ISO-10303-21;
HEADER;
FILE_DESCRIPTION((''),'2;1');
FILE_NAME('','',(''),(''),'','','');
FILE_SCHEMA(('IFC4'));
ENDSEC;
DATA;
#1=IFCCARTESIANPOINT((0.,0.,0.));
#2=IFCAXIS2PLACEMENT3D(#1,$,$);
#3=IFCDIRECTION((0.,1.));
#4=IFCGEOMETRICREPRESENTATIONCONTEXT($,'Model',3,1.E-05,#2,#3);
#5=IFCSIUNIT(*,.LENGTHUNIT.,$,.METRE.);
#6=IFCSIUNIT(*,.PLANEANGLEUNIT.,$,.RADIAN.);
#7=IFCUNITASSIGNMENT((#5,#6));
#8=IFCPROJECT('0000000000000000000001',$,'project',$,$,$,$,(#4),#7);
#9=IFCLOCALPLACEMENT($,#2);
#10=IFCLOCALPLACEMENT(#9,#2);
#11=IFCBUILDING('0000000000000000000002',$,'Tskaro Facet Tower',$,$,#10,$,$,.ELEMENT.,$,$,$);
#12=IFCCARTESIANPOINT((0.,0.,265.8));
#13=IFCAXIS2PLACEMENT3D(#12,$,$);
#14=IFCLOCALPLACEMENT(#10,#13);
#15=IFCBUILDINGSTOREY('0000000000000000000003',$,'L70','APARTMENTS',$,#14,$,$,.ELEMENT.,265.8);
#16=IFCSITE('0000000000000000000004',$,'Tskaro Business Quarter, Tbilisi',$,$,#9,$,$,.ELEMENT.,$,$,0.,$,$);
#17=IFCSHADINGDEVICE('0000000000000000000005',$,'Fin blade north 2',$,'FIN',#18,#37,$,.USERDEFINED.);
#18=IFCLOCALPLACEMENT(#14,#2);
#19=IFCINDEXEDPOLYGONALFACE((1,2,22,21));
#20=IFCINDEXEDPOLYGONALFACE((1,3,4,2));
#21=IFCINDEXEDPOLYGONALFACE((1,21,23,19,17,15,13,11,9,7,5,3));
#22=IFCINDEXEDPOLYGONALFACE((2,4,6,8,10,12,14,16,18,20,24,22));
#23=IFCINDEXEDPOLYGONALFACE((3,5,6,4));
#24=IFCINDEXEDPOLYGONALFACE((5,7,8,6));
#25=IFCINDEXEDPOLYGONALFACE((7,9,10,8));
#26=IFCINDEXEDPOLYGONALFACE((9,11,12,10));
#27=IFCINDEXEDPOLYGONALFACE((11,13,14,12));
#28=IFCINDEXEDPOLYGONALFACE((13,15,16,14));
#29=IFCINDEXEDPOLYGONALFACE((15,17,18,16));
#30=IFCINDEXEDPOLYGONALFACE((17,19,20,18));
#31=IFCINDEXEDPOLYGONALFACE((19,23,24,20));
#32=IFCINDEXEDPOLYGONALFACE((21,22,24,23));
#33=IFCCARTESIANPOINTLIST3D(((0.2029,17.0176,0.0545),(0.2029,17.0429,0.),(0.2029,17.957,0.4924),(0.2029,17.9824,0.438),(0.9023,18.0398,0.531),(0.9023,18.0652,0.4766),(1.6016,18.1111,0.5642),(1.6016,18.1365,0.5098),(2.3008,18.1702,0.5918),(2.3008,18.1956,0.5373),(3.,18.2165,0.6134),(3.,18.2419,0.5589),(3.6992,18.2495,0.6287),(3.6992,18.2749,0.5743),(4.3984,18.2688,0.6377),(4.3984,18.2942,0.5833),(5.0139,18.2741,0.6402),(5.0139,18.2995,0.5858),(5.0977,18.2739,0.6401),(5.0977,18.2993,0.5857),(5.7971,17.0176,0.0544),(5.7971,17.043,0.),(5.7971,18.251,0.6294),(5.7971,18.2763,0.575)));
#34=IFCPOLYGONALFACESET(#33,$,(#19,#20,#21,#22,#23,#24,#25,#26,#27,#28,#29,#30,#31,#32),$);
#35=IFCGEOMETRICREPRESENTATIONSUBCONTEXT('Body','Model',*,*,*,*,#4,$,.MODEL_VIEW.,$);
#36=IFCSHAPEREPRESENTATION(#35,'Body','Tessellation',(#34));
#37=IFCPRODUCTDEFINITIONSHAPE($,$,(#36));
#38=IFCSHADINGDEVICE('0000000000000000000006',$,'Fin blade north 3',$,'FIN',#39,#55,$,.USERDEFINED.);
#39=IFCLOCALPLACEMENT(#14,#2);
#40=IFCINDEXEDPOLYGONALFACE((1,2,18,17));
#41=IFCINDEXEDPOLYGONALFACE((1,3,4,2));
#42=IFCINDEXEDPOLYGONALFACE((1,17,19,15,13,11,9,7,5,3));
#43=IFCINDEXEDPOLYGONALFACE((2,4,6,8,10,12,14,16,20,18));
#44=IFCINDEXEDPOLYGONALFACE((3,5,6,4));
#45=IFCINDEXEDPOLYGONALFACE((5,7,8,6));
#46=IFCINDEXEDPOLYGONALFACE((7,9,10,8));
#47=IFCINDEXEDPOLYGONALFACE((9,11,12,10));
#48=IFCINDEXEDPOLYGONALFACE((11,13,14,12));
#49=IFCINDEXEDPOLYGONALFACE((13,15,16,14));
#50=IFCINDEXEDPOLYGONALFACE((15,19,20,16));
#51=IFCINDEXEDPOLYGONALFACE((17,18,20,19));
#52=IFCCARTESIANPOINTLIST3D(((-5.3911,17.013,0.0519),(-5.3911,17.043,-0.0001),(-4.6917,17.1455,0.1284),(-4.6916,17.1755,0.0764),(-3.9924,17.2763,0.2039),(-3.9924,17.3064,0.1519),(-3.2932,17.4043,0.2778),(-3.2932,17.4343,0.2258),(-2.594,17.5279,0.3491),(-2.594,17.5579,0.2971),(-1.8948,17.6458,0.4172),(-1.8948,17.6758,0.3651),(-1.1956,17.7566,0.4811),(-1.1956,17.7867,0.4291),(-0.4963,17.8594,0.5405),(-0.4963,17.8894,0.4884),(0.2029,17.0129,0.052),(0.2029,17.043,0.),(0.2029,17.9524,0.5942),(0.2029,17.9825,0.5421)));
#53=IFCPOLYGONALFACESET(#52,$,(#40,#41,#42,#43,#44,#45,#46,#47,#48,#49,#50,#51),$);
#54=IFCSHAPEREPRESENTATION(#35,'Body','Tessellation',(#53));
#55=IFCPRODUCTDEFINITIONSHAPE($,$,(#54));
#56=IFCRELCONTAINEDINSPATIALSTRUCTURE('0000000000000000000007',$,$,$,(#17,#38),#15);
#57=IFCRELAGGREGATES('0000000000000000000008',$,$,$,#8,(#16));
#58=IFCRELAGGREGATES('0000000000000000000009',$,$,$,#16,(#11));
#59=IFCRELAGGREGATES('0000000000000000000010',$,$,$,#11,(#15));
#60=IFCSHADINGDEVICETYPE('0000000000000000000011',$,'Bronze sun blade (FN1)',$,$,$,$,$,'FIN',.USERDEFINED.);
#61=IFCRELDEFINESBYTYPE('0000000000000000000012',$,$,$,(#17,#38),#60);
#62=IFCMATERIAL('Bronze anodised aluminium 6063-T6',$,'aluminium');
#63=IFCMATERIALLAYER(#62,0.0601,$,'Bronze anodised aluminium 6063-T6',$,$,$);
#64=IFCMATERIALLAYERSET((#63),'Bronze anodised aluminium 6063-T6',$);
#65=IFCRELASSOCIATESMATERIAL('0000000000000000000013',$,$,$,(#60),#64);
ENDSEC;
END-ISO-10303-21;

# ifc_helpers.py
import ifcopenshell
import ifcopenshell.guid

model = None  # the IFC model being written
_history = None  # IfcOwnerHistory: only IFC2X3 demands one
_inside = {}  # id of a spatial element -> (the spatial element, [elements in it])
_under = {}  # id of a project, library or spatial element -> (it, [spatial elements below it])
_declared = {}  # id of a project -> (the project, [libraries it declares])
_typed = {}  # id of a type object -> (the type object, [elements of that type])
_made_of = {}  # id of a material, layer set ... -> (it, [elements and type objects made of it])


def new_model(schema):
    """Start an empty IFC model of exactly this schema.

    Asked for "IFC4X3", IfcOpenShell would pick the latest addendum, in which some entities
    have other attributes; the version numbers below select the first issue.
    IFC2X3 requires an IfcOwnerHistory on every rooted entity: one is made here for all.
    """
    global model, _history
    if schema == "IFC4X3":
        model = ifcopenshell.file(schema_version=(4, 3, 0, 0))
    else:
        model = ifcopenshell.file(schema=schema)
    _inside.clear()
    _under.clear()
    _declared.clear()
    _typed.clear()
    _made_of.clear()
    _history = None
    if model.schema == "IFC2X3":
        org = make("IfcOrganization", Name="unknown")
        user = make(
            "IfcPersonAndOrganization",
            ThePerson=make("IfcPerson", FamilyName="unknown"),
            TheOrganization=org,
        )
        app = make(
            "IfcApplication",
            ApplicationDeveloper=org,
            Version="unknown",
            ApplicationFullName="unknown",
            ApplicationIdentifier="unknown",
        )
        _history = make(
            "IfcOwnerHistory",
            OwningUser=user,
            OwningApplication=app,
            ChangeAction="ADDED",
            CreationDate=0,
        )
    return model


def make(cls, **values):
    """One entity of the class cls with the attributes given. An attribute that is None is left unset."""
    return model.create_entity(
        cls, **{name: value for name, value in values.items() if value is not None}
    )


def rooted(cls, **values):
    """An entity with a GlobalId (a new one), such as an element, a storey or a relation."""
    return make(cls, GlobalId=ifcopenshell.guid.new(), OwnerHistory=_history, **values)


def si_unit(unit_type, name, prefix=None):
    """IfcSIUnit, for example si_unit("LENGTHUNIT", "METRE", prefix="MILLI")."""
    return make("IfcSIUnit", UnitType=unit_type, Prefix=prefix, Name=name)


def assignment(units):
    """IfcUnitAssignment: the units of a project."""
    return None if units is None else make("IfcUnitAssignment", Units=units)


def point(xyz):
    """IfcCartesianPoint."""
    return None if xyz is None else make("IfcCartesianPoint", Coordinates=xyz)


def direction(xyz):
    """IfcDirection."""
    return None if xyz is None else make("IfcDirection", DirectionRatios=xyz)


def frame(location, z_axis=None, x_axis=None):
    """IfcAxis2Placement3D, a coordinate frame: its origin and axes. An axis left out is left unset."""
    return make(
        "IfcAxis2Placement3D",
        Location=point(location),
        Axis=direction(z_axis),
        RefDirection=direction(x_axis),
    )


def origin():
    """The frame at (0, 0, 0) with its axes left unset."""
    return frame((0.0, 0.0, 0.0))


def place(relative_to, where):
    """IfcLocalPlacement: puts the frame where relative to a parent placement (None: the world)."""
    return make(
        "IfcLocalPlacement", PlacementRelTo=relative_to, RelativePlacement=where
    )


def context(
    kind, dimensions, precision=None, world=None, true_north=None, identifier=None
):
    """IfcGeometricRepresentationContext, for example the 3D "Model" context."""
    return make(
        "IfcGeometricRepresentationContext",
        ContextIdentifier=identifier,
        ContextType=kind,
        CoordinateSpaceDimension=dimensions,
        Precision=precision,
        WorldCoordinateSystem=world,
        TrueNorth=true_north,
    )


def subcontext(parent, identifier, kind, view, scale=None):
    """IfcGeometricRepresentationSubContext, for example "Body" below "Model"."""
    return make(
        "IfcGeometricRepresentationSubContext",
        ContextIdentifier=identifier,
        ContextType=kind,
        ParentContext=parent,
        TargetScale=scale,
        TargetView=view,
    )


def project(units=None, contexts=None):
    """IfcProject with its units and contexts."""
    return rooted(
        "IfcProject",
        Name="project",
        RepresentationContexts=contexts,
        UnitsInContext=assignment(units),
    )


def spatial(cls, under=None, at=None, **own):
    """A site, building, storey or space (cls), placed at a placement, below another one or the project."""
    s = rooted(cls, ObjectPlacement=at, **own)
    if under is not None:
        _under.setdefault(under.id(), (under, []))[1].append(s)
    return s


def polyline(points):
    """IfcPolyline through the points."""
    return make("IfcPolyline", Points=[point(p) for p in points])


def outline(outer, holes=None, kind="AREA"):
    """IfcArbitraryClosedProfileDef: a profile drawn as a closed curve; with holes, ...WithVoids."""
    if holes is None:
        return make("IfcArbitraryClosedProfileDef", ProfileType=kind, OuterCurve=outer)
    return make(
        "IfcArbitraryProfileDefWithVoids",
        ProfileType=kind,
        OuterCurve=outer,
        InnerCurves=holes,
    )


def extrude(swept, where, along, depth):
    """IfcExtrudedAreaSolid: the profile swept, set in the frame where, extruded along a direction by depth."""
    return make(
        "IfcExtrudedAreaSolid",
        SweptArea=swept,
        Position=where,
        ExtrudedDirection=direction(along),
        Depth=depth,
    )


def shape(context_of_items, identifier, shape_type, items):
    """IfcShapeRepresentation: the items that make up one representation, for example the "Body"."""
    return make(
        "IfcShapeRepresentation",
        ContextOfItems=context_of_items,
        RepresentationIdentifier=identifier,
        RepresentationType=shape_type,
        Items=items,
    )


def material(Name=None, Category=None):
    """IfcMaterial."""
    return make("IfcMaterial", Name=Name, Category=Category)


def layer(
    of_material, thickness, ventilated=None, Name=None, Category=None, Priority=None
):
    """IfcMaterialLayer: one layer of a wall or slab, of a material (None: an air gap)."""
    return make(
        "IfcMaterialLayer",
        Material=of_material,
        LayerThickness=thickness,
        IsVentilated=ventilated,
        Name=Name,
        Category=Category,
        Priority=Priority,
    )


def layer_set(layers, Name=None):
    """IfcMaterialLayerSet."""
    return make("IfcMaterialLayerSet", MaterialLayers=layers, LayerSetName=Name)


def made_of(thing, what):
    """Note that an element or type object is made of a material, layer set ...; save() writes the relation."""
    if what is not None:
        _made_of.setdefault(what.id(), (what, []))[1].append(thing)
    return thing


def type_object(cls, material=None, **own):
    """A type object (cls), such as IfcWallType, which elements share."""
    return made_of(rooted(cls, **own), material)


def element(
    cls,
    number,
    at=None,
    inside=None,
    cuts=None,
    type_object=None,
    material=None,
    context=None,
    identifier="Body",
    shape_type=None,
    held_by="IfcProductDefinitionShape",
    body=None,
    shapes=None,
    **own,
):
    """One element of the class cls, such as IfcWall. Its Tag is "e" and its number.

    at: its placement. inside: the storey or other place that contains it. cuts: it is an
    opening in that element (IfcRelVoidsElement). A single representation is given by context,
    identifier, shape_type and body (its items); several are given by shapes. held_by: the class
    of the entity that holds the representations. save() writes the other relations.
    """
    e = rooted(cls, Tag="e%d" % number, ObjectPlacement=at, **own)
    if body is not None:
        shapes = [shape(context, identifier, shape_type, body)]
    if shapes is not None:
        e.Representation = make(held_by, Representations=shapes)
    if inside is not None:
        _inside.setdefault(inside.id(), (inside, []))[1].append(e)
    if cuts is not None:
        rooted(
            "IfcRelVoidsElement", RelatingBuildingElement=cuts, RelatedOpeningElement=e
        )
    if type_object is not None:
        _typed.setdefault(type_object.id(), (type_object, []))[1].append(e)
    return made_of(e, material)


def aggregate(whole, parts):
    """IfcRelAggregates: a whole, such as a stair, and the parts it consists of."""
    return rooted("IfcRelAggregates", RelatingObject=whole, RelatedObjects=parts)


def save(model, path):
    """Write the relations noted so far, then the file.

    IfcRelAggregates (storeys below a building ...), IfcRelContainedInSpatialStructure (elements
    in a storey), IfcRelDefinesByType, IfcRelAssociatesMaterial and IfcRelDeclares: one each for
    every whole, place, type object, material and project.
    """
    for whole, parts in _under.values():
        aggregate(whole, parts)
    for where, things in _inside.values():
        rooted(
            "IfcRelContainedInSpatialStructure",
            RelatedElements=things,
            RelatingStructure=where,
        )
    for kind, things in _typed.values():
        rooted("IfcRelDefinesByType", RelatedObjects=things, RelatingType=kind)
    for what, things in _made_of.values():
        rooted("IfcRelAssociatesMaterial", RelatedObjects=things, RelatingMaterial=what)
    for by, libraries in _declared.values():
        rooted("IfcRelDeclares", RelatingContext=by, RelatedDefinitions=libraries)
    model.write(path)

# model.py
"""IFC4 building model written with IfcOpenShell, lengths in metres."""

from ifc_helpers import new_model, si_unit, direction, frame, origin, place, context, subcontext, project, spatial, polyline, outline, extrude, material, layer, layer_set, type_object, element, save


model = new_model("IFC4")

# Units and contexts
model_context = context("Model", 3, precision=1e-05, world=origin(), true_north=direction((0.0, 1.0)))
body_context = subcontext(model_context, "Body", "Model", "MODEL_VIEW")
ifc_project = project(units=[si_unit("LENGTHUNIT", "METRE"), si_unit("PLANEANGLEUNIT", "RADIAN")], contexts=[model_context])

# Site, building, storey
site_placement = place(None, origin())
site = spatial("IfcSite", under=ifc_project, at=site_placement, Name="Tskaro Business Quarter, Tbilisi", CompositionType="ELEMENT", RefElevation=0.0)
building_placement = place(site_placement, origin())
building = spatial("IfcBuilding", under=site, at=building_placement, Name="Tskaro Facet Tower", CompositionType="ELEMENT")
storey_placement = place(building_placement, frame((0.0, 0.0, 265.8)))
storey = spatial("IfcBuildingStorey", under=building, at=storey_placement, Name="L70", Description="APARTMENTS", CompositionType="ELEMENT", Elevation=265.8)

# Shared definitions
ifc_material_1 = material(Name="Bronze anodised aluminium 6063-T6", Category="aluminium")

# Shading devices
ifc_layer_1 = layer(ifc_material_1, 0.0601, Name="Bronze anodised aluminium 6063-T6")
ifc_layer_set_1 = layer_set([ifc_layer_1], Name="Bronze anodised aluminium 6063-T6")
shading_device_type = type_object("IfcShadingDeviceType", Name="Bronze sun blade (FN1)", ElementType="FIN", PredefinedType="USERDEFINED", material=ifc_layer_set_1)
shading_device_1_placement = place(storey_placement, frame((5.7971, 17.0176, 0.0544), z_axis=(0.000005, -0.422506, 0.90636), x_axis=(-1.0, -0.000002, 0.000005)))
element("IfcShadingDevice", 1, at=shading_device_1_placement, inside=storey, type_object=shading_device_type, Name="Fin blade north 2", ObjectType="FIN", PredefinedType="USERDEFINED", context=body_context, shape_type="SweptSolid", body=[
    extrude(outline(polyline([(0.0, 0.0), (5.5942, 0.0), (5.5942, -1.0365), (4.8948, -1.1278), (4.1956, -1.2065), (3.4963, -1.2717), (2.7971, -1.3228), (2.0979, -1.3592), (1.3987, -1.3805), (0.7832, -1.3864), (0.6995, -1.3862), (0.0, -1.3608), (0.0, 0.0)])), origin(), (0.0, 0.0, -1.0), 0.0601),
])
shading_device_2_placement = place(storey_placement, frame((0.2029, 17.0129, 0.052), z_axis=(-0.000018, -0.499814, 0.866133), x_axis=(-1.0, 0.000009, -0.000016)))
element("IfcShadingDevice", 2, at=shading_device_2_placement, inside=storey, type_object=shading_device_type, Name="Fin blade north 3", ObjectType="FIN", PredefinedType="USERDEFINED", context=body_context, shape_type="SweptSolid", body=[
    extrude(outline(polyline([(0.0, 0.0), (5.594, 0.0), (4.8945, -0.153), (4.1953, -0.3041), (3.4961, -0.4518), (2.7969, -0.5945), (2.0977, -0.7306), (1.3984, -0.8586), (0.6992, -0.9773), (0.0, -1.0847), (0.0, 0.0)])), origin(), (0.0, 0.0, -1.0), 0.0601),
])

save(model, "model.ifc")
